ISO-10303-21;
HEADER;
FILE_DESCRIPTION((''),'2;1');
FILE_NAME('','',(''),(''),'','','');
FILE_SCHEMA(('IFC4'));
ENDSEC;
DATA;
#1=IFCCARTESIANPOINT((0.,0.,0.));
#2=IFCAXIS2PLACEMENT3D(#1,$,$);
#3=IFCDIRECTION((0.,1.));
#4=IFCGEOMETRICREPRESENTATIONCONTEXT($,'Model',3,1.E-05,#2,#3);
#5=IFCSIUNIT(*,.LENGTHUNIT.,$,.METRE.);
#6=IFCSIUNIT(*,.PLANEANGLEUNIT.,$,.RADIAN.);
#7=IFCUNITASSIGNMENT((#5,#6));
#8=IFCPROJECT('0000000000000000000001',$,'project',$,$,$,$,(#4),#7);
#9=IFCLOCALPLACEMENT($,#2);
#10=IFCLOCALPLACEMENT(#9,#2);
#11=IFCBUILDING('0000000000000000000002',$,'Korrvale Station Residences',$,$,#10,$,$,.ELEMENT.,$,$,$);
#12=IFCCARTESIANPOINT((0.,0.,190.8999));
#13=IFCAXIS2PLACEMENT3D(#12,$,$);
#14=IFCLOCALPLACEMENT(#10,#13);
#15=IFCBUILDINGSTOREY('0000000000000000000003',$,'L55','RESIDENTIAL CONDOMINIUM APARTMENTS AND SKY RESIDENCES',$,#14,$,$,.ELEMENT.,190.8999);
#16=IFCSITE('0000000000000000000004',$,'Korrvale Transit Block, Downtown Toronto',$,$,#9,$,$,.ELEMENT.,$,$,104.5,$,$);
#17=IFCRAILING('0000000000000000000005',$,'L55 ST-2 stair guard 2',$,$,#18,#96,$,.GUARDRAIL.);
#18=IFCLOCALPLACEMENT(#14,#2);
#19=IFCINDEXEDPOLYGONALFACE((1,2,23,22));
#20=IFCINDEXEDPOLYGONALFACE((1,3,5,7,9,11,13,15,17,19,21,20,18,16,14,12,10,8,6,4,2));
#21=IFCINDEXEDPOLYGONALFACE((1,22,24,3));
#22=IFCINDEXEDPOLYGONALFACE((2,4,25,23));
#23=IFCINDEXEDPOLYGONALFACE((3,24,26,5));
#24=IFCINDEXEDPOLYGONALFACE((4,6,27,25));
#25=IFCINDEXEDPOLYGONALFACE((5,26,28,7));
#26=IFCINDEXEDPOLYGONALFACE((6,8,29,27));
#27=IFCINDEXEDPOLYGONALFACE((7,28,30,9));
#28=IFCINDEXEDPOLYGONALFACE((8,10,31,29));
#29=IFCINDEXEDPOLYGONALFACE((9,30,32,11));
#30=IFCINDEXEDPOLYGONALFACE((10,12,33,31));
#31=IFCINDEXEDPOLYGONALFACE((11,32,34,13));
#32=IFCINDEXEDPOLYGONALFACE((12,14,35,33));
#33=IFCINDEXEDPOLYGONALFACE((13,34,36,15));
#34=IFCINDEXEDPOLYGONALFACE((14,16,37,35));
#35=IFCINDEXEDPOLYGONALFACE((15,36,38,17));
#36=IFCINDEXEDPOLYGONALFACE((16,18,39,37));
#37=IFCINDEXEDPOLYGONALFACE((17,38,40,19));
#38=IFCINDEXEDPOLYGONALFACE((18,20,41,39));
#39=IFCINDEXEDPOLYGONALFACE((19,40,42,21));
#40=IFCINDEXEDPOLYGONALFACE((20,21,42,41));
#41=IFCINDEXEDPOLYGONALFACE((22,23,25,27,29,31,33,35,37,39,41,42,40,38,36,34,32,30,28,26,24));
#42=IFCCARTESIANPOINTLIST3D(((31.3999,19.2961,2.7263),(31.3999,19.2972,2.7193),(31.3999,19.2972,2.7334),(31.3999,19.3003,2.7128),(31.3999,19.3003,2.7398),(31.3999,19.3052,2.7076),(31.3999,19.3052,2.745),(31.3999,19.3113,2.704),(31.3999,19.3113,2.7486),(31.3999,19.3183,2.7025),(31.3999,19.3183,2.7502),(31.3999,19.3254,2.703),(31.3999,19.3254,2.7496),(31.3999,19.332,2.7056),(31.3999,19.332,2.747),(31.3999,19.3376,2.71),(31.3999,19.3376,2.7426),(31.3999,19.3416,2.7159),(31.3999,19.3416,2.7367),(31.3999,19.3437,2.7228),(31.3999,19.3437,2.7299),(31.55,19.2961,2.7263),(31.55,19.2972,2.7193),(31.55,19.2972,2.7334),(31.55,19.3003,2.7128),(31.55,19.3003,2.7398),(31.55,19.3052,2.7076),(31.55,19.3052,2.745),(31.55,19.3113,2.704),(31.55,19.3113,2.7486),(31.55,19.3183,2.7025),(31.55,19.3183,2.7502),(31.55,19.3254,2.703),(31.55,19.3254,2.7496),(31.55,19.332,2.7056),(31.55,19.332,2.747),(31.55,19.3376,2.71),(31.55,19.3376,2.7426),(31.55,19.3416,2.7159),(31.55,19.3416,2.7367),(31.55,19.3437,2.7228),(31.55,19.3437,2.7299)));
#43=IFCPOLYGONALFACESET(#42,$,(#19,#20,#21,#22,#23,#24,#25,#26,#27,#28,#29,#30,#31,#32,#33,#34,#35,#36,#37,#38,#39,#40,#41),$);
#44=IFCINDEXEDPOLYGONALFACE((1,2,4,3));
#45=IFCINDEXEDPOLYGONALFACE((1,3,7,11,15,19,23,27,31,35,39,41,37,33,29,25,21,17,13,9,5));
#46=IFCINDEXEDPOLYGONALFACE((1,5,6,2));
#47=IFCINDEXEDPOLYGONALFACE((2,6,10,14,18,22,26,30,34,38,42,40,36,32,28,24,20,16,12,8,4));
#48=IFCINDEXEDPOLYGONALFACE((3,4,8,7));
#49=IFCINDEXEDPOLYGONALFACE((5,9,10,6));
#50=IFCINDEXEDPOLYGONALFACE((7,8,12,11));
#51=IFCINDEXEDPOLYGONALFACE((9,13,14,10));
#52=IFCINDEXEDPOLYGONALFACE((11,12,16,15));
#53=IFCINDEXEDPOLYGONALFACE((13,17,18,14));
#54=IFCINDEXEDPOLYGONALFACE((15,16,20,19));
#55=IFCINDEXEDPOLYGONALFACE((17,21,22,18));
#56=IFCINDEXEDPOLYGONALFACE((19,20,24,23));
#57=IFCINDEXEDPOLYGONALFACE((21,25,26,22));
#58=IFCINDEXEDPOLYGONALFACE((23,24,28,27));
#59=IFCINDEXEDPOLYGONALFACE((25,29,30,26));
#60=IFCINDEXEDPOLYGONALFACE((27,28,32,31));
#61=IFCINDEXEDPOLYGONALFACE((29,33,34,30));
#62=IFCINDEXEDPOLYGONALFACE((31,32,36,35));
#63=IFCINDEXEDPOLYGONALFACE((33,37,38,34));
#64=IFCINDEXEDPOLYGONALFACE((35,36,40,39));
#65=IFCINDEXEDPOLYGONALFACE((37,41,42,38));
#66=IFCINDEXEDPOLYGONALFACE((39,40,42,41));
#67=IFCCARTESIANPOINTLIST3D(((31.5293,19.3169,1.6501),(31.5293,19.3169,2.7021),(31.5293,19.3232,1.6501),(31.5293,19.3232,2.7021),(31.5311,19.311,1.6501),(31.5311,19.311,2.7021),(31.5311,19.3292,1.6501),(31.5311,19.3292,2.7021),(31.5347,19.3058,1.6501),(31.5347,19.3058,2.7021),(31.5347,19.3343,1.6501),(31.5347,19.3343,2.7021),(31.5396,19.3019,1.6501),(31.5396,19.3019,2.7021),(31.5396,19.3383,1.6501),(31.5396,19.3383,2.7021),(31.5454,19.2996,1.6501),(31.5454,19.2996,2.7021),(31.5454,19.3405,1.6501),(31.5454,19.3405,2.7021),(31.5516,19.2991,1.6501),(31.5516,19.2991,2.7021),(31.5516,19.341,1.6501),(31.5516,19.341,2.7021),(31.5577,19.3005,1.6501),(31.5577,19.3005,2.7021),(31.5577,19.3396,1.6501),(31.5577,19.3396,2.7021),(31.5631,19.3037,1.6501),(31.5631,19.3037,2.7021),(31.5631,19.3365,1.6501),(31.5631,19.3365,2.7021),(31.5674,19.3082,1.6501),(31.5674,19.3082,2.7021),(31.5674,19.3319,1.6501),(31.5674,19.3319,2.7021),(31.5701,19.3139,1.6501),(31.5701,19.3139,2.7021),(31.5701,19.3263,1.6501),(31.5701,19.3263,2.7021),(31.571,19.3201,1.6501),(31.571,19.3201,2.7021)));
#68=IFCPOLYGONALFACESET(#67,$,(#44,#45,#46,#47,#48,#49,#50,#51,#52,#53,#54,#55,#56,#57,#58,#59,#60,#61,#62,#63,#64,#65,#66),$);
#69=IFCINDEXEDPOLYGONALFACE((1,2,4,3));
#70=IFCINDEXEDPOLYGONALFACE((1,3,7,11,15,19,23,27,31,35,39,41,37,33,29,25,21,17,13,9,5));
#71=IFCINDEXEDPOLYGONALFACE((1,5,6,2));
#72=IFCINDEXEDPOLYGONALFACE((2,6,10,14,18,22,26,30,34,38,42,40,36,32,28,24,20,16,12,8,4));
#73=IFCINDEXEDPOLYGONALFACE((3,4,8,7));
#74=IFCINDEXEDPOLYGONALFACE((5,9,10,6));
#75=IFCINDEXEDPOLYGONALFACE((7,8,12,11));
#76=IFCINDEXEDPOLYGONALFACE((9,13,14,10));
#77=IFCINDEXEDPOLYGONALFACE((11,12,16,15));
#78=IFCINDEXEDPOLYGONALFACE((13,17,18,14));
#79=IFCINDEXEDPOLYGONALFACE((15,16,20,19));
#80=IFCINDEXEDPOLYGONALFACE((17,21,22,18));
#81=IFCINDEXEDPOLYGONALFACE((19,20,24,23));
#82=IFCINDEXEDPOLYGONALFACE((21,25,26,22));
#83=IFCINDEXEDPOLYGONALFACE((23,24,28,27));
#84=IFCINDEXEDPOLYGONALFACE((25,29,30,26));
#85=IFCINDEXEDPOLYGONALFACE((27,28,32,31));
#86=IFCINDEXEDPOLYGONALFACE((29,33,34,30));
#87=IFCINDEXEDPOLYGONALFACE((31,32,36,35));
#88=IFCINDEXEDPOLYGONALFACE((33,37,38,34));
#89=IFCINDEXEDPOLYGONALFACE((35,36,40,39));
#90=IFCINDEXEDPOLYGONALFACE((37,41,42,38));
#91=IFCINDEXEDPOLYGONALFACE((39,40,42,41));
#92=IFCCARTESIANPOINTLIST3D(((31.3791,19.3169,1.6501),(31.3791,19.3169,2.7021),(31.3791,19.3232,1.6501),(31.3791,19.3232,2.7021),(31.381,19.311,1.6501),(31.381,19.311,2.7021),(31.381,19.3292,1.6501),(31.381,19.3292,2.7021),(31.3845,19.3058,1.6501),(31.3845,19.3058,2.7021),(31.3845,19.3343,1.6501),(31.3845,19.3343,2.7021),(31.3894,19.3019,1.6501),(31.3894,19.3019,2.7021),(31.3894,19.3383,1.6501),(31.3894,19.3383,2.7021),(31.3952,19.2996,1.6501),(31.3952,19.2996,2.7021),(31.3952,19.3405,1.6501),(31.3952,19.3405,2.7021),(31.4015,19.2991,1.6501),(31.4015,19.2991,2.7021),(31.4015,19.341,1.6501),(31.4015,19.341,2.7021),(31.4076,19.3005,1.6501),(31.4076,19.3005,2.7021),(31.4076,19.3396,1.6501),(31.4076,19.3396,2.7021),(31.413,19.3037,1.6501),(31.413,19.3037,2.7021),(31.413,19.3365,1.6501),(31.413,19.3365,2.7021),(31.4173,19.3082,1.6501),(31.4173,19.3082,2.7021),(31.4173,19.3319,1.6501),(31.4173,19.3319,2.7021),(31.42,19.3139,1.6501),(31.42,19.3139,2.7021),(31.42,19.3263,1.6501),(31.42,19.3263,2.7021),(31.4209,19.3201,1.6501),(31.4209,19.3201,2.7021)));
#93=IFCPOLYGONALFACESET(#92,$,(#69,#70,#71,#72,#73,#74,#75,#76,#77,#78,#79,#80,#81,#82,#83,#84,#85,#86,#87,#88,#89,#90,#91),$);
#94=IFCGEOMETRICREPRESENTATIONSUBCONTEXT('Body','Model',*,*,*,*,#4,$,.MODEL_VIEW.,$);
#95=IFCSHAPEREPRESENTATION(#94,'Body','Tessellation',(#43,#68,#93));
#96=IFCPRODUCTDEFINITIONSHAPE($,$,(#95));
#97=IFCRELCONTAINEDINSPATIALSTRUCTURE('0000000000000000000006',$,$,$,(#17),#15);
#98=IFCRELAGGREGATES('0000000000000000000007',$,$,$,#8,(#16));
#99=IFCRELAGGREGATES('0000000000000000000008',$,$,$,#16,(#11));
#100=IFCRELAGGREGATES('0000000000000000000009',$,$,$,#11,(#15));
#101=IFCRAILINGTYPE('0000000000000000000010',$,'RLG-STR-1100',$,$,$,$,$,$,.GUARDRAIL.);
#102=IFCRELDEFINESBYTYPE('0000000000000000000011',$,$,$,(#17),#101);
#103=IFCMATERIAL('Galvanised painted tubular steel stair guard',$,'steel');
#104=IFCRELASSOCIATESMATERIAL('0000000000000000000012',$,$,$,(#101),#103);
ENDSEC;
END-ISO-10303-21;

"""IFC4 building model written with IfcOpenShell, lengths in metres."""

from ifc_helpers import new_model, si_unit, direction, frame, origin, origin_2d, place, context, subcontext, project, spatial, circle, extrude, material, type_object, element, save


model = new_model("IFC4")

# Units and contexts
model_context = context("Model", 3, precision=1e-05, world=origin(), true_north=direction((0.0, 1.0)))
body_context = subcontext(model_context, "Body", "Model", "MODEL_VIEW")
ifc_project = project(units=[si_unit("LENGTHUNIT", "METRE"), si_unit("PLANEANGLEUNIT", "RADIAN")], contexts=[model_context])

# Site, building, storey
site_placement = place(None, origin())
site = spatial("IfcSite", under=ifc_project, at=site_placement, Name="Korrvale Transit Block, Downtown Toronto", CompositionType="ELEMENT", RefElevation=104.5)
building_placement = place(site_placement, origin())
building = spatial("IfcBuilding", under=site, at=building_placement, Name="Korrvale Station Residences", CompositionType="ELEMENT")
storey_placement = place(building_placement, frame((0.0, 0.0, 190.8999)))
storey = spatial("IfcBuildingStorey", under=building, at=storey_placement, Name="L55", Description="RESIDENTIAL CONDOMINIUM APARTMENTS AND SKY RESIDENCES", CompositionType="ELEMENT", Elevation=190.8999)

# Railing
ifc_material_1 = material(Name="Galvanised painted tubular steel stair guard", Category="steel")
railing_type_1 = type_object("IfcRailingType", Name="RLG-STR-1100", PredefinedType="GUARDRAIL", material=ifc_material_1)
railing_1_placement = place(storey_placement, frame((31.55, 19.3201, 1.6501)))
element("IfcRailing", 1, at=railing_1_placement, inside=storey, type_object=railing_type_1, Name="L55 ST-2 stair guard 2", PredefinedType="GUARDRAIL", context=body_context, shape_type="SweptSolid", body=[
    extrude(circle(Radius=0.0239, at=origin_2d()), frame((0.0, 0.0, 1.0762), z_axis=(-1.0, 0.0, 0.0), x_axis=(0.0, -1.0, 0.0)), (0.0, 0.0, 1.0), 0.1501),
    extrude(circle(Radius=0.021, at=origin_2d()), origin(), (0.0, 0.0, 1.0), 1.052),
    extrude(circle(Radius=0.021, at=origin_2d()), frame((-0.1501, 0.0, 0.0)), (0.0, 0.0, 1.0), 1.052),
])

save(model, "model.ifc")
